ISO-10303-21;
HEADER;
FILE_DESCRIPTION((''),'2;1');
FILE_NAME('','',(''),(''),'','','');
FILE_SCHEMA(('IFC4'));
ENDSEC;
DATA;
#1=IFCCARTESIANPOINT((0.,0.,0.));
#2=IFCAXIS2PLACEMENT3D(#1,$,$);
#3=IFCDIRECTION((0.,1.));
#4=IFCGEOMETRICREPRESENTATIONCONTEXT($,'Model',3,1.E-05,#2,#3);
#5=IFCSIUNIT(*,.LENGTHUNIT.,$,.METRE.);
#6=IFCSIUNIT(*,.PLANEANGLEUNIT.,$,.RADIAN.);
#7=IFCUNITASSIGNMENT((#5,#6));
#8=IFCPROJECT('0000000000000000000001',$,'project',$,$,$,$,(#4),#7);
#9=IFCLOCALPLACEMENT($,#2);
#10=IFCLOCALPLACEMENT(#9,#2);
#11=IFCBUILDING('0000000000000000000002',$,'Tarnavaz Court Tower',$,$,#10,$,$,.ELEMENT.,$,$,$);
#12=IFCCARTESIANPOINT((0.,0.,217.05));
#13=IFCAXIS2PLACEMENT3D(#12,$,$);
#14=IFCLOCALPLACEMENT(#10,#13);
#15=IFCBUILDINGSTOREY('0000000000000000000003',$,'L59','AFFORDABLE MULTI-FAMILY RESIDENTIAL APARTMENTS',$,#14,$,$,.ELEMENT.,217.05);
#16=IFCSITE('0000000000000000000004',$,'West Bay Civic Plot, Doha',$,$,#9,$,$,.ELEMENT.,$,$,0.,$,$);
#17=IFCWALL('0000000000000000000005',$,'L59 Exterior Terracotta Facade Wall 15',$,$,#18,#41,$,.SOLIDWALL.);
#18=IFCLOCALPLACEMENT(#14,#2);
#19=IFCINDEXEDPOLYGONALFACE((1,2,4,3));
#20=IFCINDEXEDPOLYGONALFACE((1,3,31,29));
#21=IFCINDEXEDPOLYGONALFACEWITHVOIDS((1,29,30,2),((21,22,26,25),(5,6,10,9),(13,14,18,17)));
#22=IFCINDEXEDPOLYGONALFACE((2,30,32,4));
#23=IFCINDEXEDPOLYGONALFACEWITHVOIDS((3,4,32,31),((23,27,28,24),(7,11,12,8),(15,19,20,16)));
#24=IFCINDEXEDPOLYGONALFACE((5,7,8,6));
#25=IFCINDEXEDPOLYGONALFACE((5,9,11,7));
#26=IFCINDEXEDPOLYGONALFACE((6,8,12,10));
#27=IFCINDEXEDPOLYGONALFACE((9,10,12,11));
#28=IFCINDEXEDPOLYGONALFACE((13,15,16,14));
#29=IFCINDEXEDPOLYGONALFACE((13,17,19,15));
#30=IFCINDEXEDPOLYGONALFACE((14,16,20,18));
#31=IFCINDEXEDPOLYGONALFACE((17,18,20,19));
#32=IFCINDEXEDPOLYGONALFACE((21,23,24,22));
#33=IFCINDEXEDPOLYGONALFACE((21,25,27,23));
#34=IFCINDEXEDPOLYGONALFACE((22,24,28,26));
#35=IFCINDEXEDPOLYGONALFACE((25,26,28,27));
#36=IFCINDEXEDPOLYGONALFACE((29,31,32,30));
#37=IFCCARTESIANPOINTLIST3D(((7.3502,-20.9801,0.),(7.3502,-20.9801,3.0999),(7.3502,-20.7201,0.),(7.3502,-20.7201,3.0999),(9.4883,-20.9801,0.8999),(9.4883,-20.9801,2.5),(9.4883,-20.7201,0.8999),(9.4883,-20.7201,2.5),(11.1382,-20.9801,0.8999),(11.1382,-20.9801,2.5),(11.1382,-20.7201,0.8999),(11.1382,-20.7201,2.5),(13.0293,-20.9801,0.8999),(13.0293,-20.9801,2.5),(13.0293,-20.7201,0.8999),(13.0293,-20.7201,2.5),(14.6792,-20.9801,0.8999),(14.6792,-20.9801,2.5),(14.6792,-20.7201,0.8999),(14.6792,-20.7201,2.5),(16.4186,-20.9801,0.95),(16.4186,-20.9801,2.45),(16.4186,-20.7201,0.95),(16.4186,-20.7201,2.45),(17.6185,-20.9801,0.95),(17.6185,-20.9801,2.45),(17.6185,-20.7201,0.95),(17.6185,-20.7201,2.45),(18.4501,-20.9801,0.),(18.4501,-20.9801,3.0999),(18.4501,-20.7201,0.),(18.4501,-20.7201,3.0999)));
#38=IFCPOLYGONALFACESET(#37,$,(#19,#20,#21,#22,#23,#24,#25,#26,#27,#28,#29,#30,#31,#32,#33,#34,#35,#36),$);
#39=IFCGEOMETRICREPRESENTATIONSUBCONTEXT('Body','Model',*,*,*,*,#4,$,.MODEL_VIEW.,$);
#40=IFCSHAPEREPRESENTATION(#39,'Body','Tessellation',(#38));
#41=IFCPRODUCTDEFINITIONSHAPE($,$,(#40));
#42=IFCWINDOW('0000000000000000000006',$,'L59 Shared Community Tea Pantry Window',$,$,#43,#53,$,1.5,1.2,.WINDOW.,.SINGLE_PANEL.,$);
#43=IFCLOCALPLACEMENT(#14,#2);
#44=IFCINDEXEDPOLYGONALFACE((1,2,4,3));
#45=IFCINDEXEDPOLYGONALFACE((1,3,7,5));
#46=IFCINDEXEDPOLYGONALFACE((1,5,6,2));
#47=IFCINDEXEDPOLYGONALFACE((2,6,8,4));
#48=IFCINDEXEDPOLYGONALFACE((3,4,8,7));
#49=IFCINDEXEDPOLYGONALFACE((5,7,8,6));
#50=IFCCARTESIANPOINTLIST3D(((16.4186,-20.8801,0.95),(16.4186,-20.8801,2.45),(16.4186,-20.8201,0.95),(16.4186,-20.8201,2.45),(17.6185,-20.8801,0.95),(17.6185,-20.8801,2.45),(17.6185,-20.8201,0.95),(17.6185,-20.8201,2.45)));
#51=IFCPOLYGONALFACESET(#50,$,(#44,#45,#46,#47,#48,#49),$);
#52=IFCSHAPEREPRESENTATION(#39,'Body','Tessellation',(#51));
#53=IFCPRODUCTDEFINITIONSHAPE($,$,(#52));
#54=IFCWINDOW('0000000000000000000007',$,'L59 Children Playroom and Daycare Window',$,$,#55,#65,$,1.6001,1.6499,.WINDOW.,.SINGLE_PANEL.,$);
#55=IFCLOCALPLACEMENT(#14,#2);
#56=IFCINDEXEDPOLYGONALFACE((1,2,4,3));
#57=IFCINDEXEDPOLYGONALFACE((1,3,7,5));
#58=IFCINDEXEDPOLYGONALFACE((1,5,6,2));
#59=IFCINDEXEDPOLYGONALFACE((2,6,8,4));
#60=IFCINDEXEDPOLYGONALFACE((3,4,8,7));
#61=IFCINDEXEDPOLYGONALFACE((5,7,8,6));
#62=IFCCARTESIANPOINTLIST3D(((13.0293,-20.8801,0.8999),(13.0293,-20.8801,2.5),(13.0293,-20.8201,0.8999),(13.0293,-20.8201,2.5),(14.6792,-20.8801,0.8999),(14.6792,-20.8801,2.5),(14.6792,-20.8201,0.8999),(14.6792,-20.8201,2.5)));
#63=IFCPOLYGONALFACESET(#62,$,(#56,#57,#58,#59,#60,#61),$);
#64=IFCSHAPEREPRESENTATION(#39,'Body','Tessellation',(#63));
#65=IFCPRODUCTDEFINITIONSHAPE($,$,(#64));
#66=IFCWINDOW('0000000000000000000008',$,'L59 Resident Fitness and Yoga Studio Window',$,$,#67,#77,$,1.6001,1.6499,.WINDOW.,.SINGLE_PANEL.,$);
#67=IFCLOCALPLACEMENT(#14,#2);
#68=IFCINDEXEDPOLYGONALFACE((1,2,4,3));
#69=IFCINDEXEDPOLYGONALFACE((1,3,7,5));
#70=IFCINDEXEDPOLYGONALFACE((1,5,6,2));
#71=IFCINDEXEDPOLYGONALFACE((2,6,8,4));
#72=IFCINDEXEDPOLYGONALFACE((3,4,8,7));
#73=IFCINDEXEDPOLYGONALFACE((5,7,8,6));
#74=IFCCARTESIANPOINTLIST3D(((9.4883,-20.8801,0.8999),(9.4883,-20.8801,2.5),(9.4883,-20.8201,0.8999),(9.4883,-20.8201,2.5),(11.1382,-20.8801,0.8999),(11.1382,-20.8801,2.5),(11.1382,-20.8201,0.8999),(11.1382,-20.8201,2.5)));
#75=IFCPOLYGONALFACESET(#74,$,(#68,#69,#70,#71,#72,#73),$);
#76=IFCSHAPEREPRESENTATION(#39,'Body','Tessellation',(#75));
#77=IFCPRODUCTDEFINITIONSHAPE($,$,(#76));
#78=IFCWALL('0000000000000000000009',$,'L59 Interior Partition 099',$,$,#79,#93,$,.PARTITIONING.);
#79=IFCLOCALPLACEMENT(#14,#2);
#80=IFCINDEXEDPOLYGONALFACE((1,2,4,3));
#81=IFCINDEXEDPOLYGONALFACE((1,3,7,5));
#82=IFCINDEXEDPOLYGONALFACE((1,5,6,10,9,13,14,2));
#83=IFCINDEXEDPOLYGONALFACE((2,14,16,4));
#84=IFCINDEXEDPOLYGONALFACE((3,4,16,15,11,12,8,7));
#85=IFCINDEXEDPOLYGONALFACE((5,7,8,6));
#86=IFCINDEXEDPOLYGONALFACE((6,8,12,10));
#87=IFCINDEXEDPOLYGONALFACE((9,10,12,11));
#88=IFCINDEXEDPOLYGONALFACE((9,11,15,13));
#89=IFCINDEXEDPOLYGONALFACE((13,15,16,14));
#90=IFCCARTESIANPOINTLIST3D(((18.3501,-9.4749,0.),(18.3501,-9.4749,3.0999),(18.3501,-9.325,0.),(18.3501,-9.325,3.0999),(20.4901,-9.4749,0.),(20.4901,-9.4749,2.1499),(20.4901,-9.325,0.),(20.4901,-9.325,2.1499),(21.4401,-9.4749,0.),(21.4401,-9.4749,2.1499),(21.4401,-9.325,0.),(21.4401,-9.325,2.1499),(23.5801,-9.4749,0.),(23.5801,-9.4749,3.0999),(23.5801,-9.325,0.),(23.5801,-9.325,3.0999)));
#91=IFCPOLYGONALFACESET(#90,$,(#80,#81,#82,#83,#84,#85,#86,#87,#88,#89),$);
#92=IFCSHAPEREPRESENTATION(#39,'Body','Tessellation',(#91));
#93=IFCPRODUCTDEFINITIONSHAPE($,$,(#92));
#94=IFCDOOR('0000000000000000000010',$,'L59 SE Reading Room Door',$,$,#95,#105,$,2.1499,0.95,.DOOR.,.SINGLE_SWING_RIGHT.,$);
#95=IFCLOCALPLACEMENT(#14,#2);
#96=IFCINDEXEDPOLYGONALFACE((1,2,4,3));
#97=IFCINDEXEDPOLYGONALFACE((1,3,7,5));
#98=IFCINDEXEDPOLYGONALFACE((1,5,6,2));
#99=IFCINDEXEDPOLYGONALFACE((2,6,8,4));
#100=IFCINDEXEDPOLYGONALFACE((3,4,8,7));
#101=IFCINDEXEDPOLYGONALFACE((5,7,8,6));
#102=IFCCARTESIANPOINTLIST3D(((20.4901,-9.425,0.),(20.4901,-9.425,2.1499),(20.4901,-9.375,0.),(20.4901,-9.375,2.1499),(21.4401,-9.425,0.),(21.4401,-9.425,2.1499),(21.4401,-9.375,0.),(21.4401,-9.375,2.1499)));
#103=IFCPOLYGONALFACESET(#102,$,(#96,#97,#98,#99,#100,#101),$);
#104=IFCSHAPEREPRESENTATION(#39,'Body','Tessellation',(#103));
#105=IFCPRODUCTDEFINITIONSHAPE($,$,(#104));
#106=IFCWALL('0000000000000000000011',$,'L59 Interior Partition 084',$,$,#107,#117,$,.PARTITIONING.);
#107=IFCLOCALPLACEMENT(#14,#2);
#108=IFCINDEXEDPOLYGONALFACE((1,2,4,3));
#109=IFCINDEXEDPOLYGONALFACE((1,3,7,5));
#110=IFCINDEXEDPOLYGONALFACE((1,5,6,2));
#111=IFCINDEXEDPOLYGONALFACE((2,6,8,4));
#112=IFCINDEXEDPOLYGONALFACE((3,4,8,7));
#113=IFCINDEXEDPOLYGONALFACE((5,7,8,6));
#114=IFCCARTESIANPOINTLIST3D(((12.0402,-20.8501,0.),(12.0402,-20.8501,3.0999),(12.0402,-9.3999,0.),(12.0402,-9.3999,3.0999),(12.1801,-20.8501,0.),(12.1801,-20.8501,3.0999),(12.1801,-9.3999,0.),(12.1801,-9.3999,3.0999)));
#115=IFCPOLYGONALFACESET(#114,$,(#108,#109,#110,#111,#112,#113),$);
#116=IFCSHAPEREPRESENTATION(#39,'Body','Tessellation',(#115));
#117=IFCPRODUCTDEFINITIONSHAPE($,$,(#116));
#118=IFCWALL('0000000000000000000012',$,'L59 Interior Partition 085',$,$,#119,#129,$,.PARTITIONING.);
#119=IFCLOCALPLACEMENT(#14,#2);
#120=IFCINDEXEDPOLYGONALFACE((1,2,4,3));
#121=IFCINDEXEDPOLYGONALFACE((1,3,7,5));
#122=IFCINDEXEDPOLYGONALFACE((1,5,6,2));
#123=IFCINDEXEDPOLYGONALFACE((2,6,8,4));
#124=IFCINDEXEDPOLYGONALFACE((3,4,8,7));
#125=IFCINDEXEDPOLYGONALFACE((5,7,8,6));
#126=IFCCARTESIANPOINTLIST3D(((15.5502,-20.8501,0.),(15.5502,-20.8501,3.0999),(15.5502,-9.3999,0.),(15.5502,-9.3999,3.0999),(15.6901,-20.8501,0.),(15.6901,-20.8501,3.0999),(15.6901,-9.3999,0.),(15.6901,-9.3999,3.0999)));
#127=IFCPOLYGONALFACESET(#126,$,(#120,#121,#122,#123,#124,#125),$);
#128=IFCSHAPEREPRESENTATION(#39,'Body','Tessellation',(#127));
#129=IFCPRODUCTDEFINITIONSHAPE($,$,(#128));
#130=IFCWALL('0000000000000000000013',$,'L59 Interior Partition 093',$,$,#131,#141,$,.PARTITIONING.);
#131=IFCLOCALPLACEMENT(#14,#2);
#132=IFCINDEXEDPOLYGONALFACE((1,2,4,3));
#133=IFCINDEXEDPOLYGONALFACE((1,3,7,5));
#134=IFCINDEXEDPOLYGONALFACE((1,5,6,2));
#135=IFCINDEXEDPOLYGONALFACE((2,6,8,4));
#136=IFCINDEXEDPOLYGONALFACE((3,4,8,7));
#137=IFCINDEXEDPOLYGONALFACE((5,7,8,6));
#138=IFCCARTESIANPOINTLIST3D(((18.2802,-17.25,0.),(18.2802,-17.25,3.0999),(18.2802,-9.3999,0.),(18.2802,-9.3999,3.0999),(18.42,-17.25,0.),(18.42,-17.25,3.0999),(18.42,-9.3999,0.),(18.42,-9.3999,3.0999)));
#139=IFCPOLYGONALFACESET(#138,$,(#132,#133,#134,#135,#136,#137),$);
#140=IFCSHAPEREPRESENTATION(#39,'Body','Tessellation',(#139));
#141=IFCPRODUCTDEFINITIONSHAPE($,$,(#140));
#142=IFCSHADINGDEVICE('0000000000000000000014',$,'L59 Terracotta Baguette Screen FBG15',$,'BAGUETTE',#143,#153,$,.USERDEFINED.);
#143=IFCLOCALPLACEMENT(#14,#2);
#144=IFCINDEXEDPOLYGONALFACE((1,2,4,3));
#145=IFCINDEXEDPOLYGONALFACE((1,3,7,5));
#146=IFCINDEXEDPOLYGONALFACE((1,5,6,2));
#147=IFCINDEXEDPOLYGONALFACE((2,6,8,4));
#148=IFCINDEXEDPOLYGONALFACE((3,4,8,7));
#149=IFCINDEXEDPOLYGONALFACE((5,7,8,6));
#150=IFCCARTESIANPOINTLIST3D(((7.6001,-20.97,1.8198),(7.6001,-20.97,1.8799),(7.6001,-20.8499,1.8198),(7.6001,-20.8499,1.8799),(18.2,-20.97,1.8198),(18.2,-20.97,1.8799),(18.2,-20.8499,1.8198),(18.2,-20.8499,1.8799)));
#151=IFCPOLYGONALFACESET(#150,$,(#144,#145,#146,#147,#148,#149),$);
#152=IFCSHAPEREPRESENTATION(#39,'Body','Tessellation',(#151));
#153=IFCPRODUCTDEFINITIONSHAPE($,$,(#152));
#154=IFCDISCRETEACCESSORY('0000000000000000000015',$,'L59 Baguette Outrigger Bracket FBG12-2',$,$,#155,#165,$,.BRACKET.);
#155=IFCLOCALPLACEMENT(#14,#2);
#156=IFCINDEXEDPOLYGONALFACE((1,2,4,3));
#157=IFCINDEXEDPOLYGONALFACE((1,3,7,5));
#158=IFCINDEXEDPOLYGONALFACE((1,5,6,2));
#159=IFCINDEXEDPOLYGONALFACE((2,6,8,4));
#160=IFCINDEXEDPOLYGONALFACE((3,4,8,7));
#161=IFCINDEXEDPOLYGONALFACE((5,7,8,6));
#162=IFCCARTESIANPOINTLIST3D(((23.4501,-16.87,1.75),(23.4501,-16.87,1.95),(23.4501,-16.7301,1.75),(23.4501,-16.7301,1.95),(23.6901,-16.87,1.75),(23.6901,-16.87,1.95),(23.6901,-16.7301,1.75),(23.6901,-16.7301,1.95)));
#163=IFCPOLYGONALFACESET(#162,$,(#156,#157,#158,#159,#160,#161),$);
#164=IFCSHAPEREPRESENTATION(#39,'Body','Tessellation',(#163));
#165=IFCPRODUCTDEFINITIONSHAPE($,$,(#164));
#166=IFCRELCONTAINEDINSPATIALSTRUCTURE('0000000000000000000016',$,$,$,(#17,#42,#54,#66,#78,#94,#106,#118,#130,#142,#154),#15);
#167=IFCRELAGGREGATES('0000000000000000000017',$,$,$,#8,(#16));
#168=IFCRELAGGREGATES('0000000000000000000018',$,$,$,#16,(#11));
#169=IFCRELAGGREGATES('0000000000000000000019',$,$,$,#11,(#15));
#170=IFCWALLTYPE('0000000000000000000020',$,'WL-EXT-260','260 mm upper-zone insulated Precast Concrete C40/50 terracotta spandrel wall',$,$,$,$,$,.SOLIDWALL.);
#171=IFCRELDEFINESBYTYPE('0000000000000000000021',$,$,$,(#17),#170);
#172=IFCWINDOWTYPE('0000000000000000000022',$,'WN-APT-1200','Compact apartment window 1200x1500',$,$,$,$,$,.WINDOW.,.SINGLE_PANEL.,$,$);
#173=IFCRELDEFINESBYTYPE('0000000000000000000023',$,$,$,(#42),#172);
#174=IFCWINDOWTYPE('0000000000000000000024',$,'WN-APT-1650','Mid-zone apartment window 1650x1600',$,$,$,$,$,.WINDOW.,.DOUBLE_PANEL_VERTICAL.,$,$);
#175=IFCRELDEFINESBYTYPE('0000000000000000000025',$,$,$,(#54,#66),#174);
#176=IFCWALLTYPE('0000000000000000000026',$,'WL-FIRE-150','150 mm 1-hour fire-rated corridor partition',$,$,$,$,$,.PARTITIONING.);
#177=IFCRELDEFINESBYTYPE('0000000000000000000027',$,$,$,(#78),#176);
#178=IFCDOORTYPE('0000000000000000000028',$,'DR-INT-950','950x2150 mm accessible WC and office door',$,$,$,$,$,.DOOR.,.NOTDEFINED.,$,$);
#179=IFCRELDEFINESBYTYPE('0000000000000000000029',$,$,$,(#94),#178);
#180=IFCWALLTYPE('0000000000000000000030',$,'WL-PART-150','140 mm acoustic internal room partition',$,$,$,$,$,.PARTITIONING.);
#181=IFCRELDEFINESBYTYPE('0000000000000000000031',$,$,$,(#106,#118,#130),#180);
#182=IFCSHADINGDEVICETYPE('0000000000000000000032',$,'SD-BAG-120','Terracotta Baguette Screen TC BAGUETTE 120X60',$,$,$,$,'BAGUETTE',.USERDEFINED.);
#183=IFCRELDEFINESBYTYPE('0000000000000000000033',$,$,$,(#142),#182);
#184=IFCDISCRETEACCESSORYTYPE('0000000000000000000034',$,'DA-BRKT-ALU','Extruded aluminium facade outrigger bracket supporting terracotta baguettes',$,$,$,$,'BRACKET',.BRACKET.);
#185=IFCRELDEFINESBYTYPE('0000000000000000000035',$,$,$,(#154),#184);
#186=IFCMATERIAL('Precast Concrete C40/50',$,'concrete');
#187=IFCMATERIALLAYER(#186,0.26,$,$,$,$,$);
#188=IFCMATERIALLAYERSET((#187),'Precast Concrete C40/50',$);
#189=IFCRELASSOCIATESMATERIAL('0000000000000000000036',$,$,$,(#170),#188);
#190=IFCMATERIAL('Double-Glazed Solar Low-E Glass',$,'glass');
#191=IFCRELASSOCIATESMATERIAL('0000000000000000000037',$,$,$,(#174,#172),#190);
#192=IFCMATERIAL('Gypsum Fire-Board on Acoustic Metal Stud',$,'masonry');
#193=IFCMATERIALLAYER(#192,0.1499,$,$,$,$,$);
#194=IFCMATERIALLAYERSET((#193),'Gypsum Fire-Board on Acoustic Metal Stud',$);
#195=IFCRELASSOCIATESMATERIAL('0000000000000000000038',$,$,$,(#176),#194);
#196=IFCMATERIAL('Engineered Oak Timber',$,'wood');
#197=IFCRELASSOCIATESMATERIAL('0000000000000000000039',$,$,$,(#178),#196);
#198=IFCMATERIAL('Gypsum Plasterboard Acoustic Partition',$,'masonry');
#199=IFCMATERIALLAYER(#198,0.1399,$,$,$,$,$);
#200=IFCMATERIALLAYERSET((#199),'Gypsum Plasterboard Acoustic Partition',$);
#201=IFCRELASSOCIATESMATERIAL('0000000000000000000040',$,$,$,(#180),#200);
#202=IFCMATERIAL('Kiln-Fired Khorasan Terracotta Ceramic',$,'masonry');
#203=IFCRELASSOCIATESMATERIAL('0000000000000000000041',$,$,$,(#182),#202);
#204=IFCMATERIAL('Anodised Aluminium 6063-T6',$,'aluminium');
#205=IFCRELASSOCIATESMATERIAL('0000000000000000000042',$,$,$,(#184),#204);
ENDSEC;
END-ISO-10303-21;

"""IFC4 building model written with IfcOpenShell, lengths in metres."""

from ifc_helpers import new_model, si_unit, direction, frame, frame_2d, origin, origin_2d, place, context, subcontext, project, spatial, rectangle, extrude, material, layer, layer_set, material_profile, profile_set, type_object, element, fill, save


model = new_model("IFC4")

# Units and contexts
model_context = context("Model", 3, precision=1e-05, world=origin(), true_north=direction((0.0, 1.0)))
body_context = subcontext(model_context, "Body", "Model", "MODEL_VIEW")
ifc_project = project(units=[si_unit("LENGTHUNIT", "METRE"), si_unit("PLANEANGLEUNIT", "RADIAN")], contexts=[model_context])

# Site, building, storey
site_placement = place(None, origin())
site = spatial("IfcSite", under=ifc_project, at=site_placement, Name="West Bay Civic Plot, Doha", CompositionType="ELEMENT", RefElevation=0.0)
building_placement = place(site_placement, origin())
building = spatial("IfcBuilding", under=site, at=building_placement, Name="Tarnavaz Court Tower", CompositionType="ELEMENT")
storey_placement = place(building_placement, frame((0.0, 0.0, 217.05)))
storey = spatial("IfcBuildingStorey", under=building, at=storey_placement, Name="L59", Description="AFFORDABLE MULTI-FAMILY RESIDENTIAL APARTMENTS", CompositionType="ELEMENT", Elevation=217.05)

# Shared definitions
ifc_material_1 = material(Name="Precast Concrete C40/50", Category="concrete")
ifc_layer_1 = layer(ifc_material_1, 0.26)
ifc_layer_set_1 = layer_set([ifc_layer_1], Name="Precast Concrete C40/50")
wall_type_1 = type_object("IfcWallType", Name="WL-EXT-260", Description="260 mm upper-zone insulated Precast Concrete C40/50 terracotta spandrel wall", PredefinedType="SOLIDWALL", material=ifc_layer_set_1)
ifc_material_2 = material(Name="Double-Glazed Solar Low-E Glass", Category="glass")
window_type_1 = type_object("IfcWindowType", Name="WN-APT-1650", Description="Mid-zone apartment window 1650x1600", PartitioningType="DOUBLE_PANEL_VERTICAL", PredefinedType="WINDOW", material=ifc_material_2)

# Wall, openings, windows
wall_1_placement = place(storey_placement, frame((18.45, -20.8501, 0.0), z_axis=(0.0, 0.0, 1.0), x_axis=(-1.0, 0.0, 0.0)))
wall_1 = element("IfcWall", 1, at=wall_1_placement, inside=storey, type_object=wall_type_1, Name="L59 Exterior Terracotta Facade Wall 15", PredefinedType="SOLIDWALL", context=body_context, shape_type="SweptSolid", body=[
    extrude(rectangle(XDim=11.0999, YDim=0.26, at=frame_2d((5.5498, 0.0))), origin(), (0.0, 0.0, 1.0), 3.0999),
])
opening_1_placement = place(wall_1_placement, frame((0.8313, 0.0, 0.95)))
opening_1 = element("IfcOpeningElement", 2, at=opening_1_placement, cuts=wall_1, PredefinedType="OPENING", context=body_context, shape_type="SweptSolid", body=[
    extrude(rectangle(XDim=1.2, YDim=1.5, at=frame_2d((0.6001, 0.75))), frame((0.0, 0.1399, 0.0), z_axis=(0.0, -1.0, 0.0), x_axis=(1.0, 0.0, 0.0)), (0.0, 0.0, 1.0), 0.28),
])
opening_2_placement = place(wall_1_placement, frame((3.7708, 0.0, 0.8999)))
opening_2 = element("IfcOpeningElement", 3, at=opening_2_placement, cuts=wall_1, PredefinedType="OPENING", context=body_context, shape_type="SweptSolid", body=[
    extrude(rectangle(XDim=1.6499, YDim=1.6001, at=frame_2d((0.825, 0.8))), frame((0.0, 0.1399, 0.0), z_axis=(0.0, -1.0, 0.0), x_axis=(1.0, 0.0, 0.0)), (0.0, 0.0, 1.0), 0.28),
])
opening_3_placement = place(wall_1_placement, frame((7.3118, 0.0, 0.8999)))
opening_3 = element("IfcOpeningElement", 4, at=opening_3_placement, cuts=wall_1, PredefinedType="OPENING", context=body_context, shape_type="SweptSolid", body=[
    extrude(rectangle(XDim=1.6499, YDim=1.6001, at=frame_2d((0.825, 0.8))), frame((0.0, 0.1399, 0.0), z_axis=(0.0, -1.0, 0.0), x_axis=(1.0, 0.0, 0.0)), (0.0, 0.0, 1.0), 0.28),
])
window_type_2 = type_object("IfcWindowType", Name="WN-APT-1200", Description="Compact apartment window 1200x1500", PartitioningType="SINGLE_PANEL", PredefinedType="WINDOW", material=ifc_material_2)
window_1_placement = place(opening_1_placement, origin())
window_1 = element("IfcWindow", 5, at=window_1_placement, inside=storey, type_object=window_type_2, Name="L59 Shared Community Tea Pantry Window", OverallHeight=1.5, OverallWidth=1.2, PartitioningType="SINGLE_PANEL", PredefinedType="WINDOW", context=body_context, shape_type="SweptSolid", body=[
    extrude(rectangle(XDim=1.2, YDim=1.5, at=frame_2d((0.6001, 0.75))), frame((0.0, 0.03, 0.0), z_axis=(0.0, -1.0, 0.0), x_axis=(1.0, 0.0, 0.0)), (0.0, 0.0, 1.0), 0.0601),
])
fill(opening_1, window_1)
window_2_placement = place(opening_2_placement, origin())
window_2 = element("IfcWindow", 6, at=window_2_placement, inside=storey, type_object=window_type_1, Name="L59 Children Playroom and Daycare Window", OverallHeight=1.6001, OverallWidth=1.6499, PartitioningType="SINGLE_PANEL", PredefinedType="WINDOW", context=body_context, shape_type="SweptSolid", body=[
    extrude(rectangle(XDim=1.6499, YDim=1.6001, at=frame_2d((0.825, 0.8))), frame((0.0, 0.03, 0.0), z_axis=(0.0, -1.0, 0.0), x_axis=(1.0, 0.0, 0.0)), (0.0, 0.0, 1.0), 0.0601),
])
fill(opening_2, window_2)
window_3_placement = place(opening_3_placement, origin())
window_3 = element("IfcWindow", 7, at=window_3_placement, inside=storey, type_object=window_type_1, Name="L59 Resident Fitness and Yoga Studio Window", OverallHeight=1.6001, OverallWidth=1.6499, PartitioningType="SINGLE_PANEL", PredefinedType="WINDOW", context=body_context, shape_type="SweptSolid", body=[
    extrude(rectangle(XDim=1.6499, YDim=1.6001, at=frame_2d((0.825, 0.8))), frame((0.0, 0.03, 0.0), z_axis=(0.0, -1.0, 0.0), x_axis=(1.0, 0.0, 0.0)), (0.0, 0.0, 1.0), 0.0601),
])
fill(opening_3, window_3)

# Wall, opening, door
ifc_material_3 = material(Name="Gypsum Fire-Board on Acoustic Metal Stud", Category="masonry")
ifc_layer_2 = layer(ifc_material_3, 0.1499)
ifc_layer_set_2 = layer_set([ifc_layer_2], Name="Gypsum Fire-Board on Acoustic Metal Stud")
wall_type_2 = type_object("IfcWallType", Name="WL-FIRE-150", Description="150 mm 1-hour fire-rated corridor partition", PredefinedType="PARTITIONING", material=ifc_layer_set_2)
ifc_material_4 = material(Name="Engineered Oak Timber", Category="wood")
wall_2_placement = place(storey_placement, frame((18.3501, -9.3999, 0.0), z_axis=(0.0, 0.0, 1.0), x_axis=(1.0, 0.0, 0.0)))
wall_2 = element("IfcWall", 8, at=wall_2_placement, inside=storey, type_object=wall_type_2, Name="L59 Interior Partition 099", PredefinedType="PARTITIONING", context=body_context, shape_type="SweptSolid", body=[
    extrude(rectangle(XDim=5.23, YDim=0.1499, at=frame_2d((2.615, 0.0))), origin(), (0.0, 0.0, 1.0), 3.0999),
])
opening_4_placement = place(wall_2_placement, frame((2.1399, 0.0, 0.0)))
opening_4 = element("IfcOpeningElement", 9, at=opening_4_placement, cuts=wall_2, PredefinedType="OPENING", context=body_context, shape_type="SweptSolid", body=[
    extrude(rectangle(XDim=0.95, YDim=2.1499, at=frame_2d((0.4751, 1.075))), frame((0.0, 0.085, 0.0), z_axis=(0.0, -1.0, 0.0), x_axis=(1.0, 0.0, 0.0)), (0.0, 0.0, 1.0), 0.1699),
])
door_type_1 = type_object("IfcDoorType", Name="DR-INT-950", Description="950x2150 mm accessible WC and office door", OperationType="NOTDEFINED", PredefinedType="DOOR", material=ifc_material_4)
door_1_placement = place(opening_4_placement, origin())
door_1 = element("IfcDoor", 10, at=door_1_placement, inside=storey, type_object=door_type_1, Name="L59 SE Reading Room Door", OperationType="SINGLE_SWING_RIGHT", OverallHeight=2.1499, OverallWidth=0.95, PredefinedType="DOOR", context=body_context, shape_type="SweptSolid", body=[
    extrude(rectangle(XDim=0.95, YDim=2.1499, at=frame_2d((0.4751, 1.075))), frame((0.0, 0.0249, 0.0), z_axis=(0.0, -1.0, 0.0), x_axis=(1.0, 0.0, 0.0)), (0.0, 0.0, 1.0), 0.05),
])
fill(opening_4, door_1)

# Walls
ifc_material_5 = material(Name="Gypsum Plasterboard Acoustic Partition", Category="masonry")
ifc_layer_3 = layer(ifc_material_5, 0.1399)
ifc_layer_set_3 = layer_set([ifc_layer_3], Name="Gypsum Plasterboard Acoustic Partition")
wall_type_3 = type_object("IfcWallType", Name="WL-PART-150", Description="140 mm acoustic internal room partition", PredefinedType="PARTITIONING", material=ifc_layer_set_3)
for number, where, z_axis, x_axis, name in (
    (11, (12.1101, -20.8501, 0.0), (0.0, 0.0, 1.0), (0.0, 1.0, 0.0), "L59 Interior Partition 084"),
    (12, (15.6201, -20.8501, 0.0), (0.0, 0.0, 1.0), (0.0, 1.0, 0.0), "L59 Interior Partition 085"),
):
    element("IfcWall", number, at=place(storey_placement, frame(where, z_axis=z_axis, x_axis=x_axis)), inside=storey, type_object=wall_type_3, Name=name, PredefinedType="PARTITIONING", context=body_context, shape_type="SweptSolid", body=[
        extrude(rectangle(XDim=11.4502, YDim=0.1399, at=frame_2d((5.7251, 0.0))), origin(), (0.0, 0.0, 1.0), 3.0999),
    ])
wall_3_placement = place(storey_placement, frame((18.3501, -17.25, 0.0), z_axis=(0.0, 0.0, 1.0), x_axis=(0.0, 1.0, 0.0)))
element("IfcWall", 13, at=wall_3_placement, inside=storey, type_object=wall_type_3, Name="L59 Interior Partition 093", PredefinedType="PARTITIONING", context=body_context, shape_type="SweptSolid", body=[
    extrude(rectangle(XDim=7.8501, YDim=0.1399, at=frame_2d((3.925, 0.0))), origin(), (0.0, 0.0, 1.0), 3.0999),
])

# Shading device
ifc_material_6 = material(Name="Kiln-Fired Khorasan Terracotta Ceramic", Category="masonry")
ifc_material_profile_1 = material_profile(ifc_material_6, rectangle(XDim=0.1201, YDim=0.0601, at=origin_2d()), Name="TC BAGUETTE 120X60")
ifc_profile_set_1 = profile_set([ifc_material_profile_1], Name="Kiln-Fired Khorasan Terracotta Ceramic")
shading_device_type = type_object("IfcShadingDeviceType", Name="SD-BAG-120", Description="Terracotta Baguette Screen TC BAGUETTE 120X60", ElementType="BAGUETTE", PredefinedType="USERDEFINED", material=ifc_profile_set_1)
shading_device_placement = place(storey_placement, frame((18.2, -20.9099, 1.8499), z_axis=(-1.0, 0.0, 0.0), x_axis=(0.0, -1.0, 0.0)))
element("IfcShadingDevice", 14, at=shading_device_placement, inside=storey, type_object=shading_device_type, Name="L59 Terracotta Baguette Screen FBG15", ObjectType="BAGUETTE", PredefinedType="USERDEFINED", context=body_context, shape_type="SweptSolid", body=[
    extrude(rectangle(XDim=0.1201, YDim=0.0601, at=origin_2d()), origin(), (0.0, 0.0, 1.0), 10.5999),
])

# Discrete accessory
ifc_material_7 = material(Name="Anodised Aluminium 6063-T6", Category="aluminium")
discrete_accessory_type = type_object("IfcDiscreteAccessoryType", Name="DA-BRKT-ALU", Description="Extruded aluminium facade outrigger bracket supporting terracotta baguettes", ElementType="BRACKET", PredefinedType="BRACKET", material=ifc_material_7)
for number, where, z_axis, x_axis, name in (
    (15, (23.5701, -16.8, 1.75), (0.0, 0.0, 1.0), (0.0, -1.0, 0.0), "L59 Baguette Outrigger Bracket FBG12-2"),
):
    element("IfcDiscreteAccessory", number, at=place(storey_placement, frame(where, z_axis=z_axis, x_axis=x_axis)), inside=storey, type_object=discrete_accessory_type, Name=name, PredefinedType="BRACKET", context=body_context, shape_type="SweptSolid", body=[
        extrude(rectangle(XDim=0.1399, YDim=0.24, at=origin_2d()), origin(), (0.0, 0.0, 1.0), 0.2),
    ])

save(model, "model.ifc")
